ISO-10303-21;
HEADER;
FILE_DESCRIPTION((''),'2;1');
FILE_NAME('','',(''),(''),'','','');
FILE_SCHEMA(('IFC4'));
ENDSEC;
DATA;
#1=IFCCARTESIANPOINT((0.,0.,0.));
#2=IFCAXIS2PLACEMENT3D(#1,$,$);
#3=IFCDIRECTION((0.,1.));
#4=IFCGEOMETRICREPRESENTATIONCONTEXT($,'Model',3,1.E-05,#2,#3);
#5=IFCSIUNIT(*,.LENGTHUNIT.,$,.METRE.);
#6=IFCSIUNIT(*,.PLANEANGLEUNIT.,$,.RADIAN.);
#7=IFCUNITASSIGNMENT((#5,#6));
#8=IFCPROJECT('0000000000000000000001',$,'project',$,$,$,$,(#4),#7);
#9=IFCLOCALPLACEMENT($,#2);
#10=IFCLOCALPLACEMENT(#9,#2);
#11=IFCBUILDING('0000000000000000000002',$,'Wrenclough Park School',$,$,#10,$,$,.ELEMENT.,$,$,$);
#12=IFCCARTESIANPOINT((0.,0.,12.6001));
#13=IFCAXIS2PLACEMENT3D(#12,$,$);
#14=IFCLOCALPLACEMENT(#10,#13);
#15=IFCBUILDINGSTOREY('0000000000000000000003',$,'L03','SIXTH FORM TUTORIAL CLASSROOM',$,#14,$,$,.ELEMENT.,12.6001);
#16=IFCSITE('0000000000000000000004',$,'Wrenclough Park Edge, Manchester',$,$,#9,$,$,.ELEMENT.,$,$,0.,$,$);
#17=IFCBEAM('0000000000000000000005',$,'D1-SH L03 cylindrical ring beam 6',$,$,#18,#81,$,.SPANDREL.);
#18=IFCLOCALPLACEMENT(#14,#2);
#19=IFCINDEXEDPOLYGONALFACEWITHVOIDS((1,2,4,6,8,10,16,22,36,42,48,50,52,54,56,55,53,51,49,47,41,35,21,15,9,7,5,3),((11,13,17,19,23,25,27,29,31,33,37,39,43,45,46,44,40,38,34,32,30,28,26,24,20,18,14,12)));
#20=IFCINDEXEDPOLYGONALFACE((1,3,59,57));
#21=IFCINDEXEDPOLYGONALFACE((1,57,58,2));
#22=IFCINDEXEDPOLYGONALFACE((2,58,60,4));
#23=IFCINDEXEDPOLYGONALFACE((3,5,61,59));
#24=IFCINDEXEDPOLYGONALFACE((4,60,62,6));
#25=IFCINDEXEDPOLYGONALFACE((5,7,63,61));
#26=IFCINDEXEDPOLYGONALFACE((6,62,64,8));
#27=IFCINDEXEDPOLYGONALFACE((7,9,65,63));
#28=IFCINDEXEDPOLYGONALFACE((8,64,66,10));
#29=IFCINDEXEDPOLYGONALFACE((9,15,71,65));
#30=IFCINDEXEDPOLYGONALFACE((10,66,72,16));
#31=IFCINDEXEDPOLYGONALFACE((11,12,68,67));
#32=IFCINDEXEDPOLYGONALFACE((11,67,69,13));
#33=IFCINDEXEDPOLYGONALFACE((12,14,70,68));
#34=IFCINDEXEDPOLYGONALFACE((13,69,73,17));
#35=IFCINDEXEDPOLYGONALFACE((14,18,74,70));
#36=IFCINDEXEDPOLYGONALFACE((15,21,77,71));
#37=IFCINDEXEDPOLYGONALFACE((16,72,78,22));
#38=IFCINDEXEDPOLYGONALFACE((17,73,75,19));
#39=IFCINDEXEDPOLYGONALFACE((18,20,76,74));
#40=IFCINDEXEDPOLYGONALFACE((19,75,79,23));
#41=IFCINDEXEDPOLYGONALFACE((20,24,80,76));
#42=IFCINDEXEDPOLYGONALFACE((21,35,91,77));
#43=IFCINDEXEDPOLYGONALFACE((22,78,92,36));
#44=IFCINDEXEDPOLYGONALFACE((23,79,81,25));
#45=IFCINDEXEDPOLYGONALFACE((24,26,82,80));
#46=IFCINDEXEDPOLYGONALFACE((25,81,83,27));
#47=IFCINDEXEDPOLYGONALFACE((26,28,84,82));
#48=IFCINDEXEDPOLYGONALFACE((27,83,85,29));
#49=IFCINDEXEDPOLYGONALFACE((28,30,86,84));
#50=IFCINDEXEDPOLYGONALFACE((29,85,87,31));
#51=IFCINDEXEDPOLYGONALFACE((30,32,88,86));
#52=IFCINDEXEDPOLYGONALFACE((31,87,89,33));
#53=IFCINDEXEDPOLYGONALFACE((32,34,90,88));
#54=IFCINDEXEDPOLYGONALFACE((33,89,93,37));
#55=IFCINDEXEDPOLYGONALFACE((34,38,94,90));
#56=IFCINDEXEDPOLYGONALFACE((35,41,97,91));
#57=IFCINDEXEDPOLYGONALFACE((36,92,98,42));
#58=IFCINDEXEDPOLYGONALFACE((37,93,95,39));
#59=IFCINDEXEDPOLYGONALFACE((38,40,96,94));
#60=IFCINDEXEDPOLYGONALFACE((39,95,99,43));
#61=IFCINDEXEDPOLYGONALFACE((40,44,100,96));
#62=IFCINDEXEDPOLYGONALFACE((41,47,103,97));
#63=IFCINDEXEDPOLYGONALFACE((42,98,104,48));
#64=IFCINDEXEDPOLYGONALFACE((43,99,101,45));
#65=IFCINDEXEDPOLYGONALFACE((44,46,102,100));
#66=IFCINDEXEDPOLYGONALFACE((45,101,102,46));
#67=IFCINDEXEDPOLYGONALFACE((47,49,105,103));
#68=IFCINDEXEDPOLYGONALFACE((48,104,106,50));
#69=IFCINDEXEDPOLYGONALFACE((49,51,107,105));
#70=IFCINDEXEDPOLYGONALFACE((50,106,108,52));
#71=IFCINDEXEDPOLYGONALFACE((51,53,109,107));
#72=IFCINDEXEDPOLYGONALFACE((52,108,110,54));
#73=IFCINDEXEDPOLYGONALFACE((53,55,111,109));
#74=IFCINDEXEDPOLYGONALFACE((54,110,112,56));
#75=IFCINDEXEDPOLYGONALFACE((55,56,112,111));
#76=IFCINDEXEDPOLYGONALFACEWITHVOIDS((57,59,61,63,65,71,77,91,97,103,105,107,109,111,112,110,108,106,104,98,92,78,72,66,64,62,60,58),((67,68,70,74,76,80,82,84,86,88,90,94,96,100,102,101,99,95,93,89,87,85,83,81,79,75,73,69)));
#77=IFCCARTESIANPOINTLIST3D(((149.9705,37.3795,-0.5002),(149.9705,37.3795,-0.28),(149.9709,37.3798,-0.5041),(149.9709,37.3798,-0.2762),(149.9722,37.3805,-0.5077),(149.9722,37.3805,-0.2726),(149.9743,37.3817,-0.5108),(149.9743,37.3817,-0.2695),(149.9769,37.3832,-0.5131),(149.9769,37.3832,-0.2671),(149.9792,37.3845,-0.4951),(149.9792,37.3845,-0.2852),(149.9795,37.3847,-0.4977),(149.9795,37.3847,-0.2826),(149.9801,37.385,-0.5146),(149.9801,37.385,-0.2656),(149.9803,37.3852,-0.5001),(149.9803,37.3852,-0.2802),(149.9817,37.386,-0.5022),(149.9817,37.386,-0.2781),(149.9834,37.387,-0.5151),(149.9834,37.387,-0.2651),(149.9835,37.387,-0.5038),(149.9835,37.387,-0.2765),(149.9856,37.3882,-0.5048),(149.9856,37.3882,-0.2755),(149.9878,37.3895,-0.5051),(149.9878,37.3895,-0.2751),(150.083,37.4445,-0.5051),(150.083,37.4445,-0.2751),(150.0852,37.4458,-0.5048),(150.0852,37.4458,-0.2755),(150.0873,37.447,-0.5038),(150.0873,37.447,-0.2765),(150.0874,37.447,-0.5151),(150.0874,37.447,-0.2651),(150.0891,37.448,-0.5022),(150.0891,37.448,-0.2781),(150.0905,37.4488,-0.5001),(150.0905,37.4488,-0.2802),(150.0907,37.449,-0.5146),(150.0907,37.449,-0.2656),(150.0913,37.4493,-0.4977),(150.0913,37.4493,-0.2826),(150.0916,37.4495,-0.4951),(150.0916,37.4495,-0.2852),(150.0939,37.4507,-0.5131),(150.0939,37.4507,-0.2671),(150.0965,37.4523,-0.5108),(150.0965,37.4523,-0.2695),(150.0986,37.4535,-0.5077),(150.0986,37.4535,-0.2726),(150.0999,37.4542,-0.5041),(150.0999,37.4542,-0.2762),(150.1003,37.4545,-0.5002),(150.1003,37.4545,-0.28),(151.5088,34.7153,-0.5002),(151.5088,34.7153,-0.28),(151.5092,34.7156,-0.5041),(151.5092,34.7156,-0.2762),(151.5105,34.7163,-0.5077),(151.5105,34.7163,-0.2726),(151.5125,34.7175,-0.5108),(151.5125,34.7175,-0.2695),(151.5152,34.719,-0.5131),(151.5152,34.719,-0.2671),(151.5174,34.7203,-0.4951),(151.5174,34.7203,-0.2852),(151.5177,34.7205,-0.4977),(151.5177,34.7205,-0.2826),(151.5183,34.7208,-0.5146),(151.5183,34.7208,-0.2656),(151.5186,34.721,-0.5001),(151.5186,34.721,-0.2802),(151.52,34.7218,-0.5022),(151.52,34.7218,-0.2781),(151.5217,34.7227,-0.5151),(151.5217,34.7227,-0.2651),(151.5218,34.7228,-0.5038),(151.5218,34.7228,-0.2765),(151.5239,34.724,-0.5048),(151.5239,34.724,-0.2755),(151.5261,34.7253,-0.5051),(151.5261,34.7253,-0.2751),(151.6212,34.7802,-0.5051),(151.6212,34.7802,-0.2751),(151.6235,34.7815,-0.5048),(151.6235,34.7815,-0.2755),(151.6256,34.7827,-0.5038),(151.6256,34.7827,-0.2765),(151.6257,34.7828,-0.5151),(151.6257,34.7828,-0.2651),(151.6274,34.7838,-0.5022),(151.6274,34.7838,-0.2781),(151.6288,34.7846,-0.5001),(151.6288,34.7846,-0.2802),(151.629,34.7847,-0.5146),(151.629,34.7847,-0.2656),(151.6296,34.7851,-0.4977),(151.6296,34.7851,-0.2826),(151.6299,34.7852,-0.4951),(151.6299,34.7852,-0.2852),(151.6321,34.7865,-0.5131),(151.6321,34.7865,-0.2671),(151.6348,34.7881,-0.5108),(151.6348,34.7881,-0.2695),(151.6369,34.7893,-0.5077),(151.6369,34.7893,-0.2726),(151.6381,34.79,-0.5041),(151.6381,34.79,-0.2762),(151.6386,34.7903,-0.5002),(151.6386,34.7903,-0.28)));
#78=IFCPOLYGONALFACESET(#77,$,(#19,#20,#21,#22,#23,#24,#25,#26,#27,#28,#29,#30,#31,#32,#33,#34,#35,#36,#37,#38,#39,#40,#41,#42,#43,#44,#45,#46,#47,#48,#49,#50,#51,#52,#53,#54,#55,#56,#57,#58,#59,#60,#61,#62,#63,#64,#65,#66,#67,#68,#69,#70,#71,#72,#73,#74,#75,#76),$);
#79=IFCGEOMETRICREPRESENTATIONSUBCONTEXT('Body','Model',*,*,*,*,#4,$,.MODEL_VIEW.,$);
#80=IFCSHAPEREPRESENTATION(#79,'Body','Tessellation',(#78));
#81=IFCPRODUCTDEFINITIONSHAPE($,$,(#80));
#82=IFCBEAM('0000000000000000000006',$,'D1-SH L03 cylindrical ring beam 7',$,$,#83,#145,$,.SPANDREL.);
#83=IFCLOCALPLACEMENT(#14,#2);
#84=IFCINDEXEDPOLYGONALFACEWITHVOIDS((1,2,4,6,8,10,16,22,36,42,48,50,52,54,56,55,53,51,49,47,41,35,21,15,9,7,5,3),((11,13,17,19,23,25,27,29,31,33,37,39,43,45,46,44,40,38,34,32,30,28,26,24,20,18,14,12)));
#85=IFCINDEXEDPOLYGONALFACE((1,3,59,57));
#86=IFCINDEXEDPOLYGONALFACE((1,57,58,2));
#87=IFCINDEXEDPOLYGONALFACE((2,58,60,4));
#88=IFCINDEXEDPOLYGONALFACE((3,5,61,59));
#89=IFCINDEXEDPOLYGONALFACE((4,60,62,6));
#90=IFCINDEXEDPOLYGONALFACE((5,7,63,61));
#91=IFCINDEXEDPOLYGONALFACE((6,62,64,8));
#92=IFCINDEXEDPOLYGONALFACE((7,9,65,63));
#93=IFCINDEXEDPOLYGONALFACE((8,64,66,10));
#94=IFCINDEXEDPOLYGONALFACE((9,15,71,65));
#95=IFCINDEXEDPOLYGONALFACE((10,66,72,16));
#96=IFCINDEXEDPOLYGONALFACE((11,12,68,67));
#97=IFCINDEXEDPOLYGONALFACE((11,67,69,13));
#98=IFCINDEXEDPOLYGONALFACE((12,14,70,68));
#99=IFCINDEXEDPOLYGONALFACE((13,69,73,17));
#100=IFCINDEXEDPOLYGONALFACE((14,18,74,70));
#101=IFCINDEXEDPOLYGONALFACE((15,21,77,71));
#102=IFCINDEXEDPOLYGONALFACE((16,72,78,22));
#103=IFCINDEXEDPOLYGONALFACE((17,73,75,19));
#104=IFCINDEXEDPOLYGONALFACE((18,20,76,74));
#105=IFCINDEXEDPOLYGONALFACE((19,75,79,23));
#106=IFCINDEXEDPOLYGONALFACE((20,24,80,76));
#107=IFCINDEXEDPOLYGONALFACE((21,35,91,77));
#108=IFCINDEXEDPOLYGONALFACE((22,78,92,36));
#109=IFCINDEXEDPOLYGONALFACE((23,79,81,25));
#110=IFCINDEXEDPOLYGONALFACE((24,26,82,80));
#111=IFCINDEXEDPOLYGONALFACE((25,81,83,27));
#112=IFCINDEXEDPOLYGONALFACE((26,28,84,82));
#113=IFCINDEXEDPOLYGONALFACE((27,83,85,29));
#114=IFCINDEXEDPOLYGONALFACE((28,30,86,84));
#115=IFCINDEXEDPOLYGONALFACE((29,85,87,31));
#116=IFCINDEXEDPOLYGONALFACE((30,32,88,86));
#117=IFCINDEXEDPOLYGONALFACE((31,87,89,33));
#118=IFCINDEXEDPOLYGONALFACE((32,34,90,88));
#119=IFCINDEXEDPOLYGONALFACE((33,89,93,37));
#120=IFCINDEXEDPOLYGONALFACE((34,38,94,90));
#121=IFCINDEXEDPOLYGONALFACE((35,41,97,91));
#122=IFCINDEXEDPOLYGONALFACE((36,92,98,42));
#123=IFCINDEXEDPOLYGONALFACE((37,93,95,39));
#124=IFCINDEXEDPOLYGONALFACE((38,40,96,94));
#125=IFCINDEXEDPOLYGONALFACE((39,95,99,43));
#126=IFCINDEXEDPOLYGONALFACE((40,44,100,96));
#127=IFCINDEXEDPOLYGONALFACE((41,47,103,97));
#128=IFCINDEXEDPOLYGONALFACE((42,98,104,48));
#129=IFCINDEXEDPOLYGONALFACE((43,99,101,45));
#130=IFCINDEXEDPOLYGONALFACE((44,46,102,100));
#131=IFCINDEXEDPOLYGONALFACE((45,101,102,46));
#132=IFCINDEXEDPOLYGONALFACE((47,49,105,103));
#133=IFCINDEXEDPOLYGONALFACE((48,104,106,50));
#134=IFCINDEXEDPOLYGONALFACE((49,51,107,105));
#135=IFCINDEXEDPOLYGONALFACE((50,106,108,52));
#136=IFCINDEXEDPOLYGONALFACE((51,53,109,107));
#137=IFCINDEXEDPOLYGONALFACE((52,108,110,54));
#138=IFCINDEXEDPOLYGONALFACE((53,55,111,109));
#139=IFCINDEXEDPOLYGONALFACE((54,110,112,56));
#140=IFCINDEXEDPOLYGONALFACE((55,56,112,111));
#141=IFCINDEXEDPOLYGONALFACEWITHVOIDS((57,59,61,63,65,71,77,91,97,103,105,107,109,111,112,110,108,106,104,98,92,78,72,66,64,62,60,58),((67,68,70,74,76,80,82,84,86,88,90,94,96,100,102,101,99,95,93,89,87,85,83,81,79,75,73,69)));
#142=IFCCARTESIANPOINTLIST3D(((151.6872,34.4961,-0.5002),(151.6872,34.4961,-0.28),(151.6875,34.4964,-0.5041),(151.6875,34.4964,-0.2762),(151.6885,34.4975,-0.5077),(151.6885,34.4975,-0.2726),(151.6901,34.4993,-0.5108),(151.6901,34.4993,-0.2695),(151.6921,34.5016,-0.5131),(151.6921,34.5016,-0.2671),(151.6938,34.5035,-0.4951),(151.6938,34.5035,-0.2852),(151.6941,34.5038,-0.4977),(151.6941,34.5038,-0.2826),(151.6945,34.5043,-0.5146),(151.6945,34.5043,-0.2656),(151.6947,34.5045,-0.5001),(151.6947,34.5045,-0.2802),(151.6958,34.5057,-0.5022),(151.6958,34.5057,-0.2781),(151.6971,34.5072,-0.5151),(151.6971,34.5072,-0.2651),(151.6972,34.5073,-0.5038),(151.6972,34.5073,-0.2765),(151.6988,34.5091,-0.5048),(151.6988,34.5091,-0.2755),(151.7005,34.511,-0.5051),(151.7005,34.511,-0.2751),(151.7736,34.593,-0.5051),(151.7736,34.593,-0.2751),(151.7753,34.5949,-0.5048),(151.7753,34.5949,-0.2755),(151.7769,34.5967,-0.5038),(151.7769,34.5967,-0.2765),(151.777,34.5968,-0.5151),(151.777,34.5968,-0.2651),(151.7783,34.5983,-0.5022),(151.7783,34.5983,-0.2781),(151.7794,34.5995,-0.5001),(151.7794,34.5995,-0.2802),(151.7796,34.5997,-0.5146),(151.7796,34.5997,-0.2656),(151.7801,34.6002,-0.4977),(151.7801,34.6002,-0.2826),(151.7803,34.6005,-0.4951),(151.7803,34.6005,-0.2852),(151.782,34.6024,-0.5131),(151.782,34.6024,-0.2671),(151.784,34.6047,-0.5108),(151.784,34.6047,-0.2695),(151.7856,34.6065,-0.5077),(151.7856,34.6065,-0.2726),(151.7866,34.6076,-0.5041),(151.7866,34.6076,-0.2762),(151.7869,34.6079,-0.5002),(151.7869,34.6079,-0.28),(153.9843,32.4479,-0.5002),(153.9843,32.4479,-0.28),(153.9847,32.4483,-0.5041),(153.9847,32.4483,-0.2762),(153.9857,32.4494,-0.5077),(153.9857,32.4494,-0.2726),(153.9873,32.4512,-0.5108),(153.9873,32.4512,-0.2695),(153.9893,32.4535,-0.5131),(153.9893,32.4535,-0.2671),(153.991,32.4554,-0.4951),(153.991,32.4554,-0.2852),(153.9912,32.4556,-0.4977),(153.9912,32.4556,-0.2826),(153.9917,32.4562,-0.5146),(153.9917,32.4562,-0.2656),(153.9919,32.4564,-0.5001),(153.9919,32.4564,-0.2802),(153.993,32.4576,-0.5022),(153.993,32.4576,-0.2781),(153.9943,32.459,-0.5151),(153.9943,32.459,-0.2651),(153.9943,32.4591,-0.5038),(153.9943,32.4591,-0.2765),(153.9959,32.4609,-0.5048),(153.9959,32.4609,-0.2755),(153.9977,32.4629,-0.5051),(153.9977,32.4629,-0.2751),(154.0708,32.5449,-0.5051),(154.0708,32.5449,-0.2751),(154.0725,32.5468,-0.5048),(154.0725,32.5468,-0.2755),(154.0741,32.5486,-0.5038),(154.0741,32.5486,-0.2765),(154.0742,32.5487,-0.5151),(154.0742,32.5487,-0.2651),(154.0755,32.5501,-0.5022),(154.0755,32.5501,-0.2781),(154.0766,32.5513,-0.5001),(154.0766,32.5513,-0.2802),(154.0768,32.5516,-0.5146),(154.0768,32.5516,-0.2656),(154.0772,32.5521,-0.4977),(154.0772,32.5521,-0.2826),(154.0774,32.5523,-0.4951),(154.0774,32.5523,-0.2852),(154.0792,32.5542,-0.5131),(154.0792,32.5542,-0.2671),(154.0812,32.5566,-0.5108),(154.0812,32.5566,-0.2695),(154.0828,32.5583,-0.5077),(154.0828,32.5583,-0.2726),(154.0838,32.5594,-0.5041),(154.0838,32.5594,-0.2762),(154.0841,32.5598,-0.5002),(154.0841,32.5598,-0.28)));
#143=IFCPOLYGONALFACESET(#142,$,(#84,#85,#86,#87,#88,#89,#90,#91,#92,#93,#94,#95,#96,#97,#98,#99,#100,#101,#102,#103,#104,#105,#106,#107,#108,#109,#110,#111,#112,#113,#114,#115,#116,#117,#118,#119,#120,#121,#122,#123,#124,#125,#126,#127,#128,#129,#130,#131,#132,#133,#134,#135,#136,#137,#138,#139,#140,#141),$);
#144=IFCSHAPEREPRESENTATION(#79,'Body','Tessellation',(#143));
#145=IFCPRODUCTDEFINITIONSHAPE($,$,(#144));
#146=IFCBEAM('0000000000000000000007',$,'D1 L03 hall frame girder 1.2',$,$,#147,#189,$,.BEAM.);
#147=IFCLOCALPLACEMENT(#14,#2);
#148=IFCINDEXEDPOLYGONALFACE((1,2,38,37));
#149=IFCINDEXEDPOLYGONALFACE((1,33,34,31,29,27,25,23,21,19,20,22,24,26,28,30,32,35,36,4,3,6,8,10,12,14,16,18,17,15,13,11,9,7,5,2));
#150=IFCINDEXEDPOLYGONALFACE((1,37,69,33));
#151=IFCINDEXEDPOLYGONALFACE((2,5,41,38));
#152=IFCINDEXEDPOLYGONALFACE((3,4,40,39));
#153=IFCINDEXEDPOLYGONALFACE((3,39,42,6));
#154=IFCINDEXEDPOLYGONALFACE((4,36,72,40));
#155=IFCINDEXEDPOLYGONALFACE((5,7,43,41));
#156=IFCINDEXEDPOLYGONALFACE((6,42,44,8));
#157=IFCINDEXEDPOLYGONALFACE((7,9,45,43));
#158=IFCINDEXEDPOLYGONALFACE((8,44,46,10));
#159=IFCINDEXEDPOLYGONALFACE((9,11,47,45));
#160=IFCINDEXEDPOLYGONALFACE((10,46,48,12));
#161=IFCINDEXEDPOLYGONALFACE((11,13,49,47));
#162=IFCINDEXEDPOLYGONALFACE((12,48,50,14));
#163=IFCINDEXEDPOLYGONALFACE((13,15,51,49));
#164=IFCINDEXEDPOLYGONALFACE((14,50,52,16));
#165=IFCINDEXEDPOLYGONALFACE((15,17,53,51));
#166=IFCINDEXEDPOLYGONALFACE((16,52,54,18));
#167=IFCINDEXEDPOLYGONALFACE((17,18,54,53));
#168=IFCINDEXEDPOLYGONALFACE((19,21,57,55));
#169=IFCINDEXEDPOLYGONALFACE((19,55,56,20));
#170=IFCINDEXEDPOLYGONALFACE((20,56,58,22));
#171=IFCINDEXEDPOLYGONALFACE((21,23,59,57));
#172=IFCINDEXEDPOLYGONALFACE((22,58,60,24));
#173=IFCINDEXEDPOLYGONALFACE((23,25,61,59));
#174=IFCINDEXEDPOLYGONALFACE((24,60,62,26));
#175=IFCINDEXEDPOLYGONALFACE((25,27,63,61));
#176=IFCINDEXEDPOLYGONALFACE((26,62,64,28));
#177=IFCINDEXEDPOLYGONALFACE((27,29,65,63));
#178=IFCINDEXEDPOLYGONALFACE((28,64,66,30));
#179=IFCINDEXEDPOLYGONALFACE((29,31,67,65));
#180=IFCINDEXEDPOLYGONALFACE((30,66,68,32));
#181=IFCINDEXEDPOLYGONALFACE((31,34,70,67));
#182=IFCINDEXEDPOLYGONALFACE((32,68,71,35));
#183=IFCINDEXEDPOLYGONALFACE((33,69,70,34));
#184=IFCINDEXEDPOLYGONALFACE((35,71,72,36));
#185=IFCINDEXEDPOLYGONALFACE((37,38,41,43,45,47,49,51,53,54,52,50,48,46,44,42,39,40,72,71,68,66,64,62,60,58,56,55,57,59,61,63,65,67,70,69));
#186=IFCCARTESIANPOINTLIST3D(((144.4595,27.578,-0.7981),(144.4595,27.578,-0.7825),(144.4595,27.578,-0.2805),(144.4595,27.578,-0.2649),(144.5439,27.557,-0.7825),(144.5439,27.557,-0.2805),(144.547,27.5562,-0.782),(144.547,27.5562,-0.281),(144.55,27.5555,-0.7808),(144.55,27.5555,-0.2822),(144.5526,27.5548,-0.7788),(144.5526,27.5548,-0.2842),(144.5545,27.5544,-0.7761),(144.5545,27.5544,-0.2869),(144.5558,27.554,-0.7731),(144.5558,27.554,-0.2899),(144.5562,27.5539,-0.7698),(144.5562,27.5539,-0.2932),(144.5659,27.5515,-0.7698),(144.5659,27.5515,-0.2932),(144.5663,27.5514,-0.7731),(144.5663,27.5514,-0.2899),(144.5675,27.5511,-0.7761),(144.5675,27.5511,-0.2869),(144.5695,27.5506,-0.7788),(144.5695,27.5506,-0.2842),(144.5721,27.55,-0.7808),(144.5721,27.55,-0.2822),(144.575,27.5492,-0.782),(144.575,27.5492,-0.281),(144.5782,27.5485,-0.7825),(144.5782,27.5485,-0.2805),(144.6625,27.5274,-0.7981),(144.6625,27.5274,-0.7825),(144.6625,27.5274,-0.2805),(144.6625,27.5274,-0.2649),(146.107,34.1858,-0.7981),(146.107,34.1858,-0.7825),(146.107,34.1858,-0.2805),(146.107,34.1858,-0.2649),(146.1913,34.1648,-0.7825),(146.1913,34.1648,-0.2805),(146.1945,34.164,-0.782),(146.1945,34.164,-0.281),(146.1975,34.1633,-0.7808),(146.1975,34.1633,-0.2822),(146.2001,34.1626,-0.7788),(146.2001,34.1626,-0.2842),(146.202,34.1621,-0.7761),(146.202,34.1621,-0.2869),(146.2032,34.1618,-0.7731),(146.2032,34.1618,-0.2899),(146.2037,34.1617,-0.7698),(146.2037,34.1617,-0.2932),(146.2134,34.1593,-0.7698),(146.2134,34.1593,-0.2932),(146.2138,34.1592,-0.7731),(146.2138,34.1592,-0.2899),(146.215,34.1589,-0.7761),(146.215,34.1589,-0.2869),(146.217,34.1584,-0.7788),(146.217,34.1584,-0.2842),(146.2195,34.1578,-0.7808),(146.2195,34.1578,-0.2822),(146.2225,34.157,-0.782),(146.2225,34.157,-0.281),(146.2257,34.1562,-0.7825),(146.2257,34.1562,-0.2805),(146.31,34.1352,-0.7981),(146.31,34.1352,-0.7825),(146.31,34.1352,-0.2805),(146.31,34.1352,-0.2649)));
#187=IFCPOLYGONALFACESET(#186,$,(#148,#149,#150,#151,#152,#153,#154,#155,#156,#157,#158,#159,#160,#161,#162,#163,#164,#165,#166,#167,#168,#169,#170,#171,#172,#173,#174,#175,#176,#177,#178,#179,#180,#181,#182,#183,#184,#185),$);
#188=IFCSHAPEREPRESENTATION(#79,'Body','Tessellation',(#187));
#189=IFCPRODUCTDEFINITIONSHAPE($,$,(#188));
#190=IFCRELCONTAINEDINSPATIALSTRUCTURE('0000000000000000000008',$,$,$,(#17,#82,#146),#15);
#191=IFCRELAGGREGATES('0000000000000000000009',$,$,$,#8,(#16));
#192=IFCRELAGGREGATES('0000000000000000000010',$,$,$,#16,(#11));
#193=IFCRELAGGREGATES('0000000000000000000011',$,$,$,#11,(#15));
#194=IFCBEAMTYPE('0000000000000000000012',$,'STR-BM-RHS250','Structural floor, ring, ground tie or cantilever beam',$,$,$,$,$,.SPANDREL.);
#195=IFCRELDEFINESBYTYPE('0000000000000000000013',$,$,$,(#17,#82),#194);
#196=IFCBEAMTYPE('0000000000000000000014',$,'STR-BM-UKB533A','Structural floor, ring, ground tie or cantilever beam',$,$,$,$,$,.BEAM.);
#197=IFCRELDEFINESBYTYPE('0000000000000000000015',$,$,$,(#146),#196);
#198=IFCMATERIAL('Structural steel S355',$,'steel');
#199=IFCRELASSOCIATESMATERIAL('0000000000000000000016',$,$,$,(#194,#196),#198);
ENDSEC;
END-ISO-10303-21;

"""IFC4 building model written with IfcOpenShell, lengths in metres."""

from ifc_helpers import new_model, si_unit, direction, frame, origin, origin_2d, place, context, subcontext, project, spatial, hollow_rectangle, i_section, extrude, material, material_profile, profile_set, type_object, element, save


model = new_model("IFC4")

# Units and contexts
model_context = context("Model", 3, precision=1e-05, world=origin(), true_north=direction((0.0, 1.0)))
body_context = subcontext(model_context, "Body", "Model", "MODEL_VIEW")
ifc_project = project(units=[si_unit("LENGTHUNIT", "METRE"), si_unit("PLANEANGLEUNIT", "RADIAN")], contexts=[model_context])

# Site, building, storey
site_placement = place(None, origin())
site = spatial("IfcSite", under=ifc_project, at=site_placement, Name="Wrenclough Park Edge, Manchester", CompositionType="ELEMENT", RefElevation=0.0)
building_placement = place(site_placement, origin())
building = spatial("IfcBuilding", under=site, at=building_placement, Name="Wrenclough Park School", CompositionType="ELEMENT")
storey_placement = place(building_placement, frame((0.0, 0.0, 12.6001)))
storey = spatial("IfcBuildingStorey", under=building, at=storey_placement, Name="L03", Description="SIXTH FORM TUTORIAL CLASSROOM", CompositionType="ELEMENT", Elevation=12.6001)

# Shared definitions
ifc_material_1 = material(Name="Structural steel S355", Category="steel")

# Beams
ifc_material_profile_1 = material_profile(ifc_material_1, hollow_rectangle(XDim=0.1499, YDim=0.25, WallThickness=0.01, InnerFilletRadius=0.01, OuterFilletRadius=0.0149, at=origin_2d()), Name="RHS 250x150x10.0")
ifc_profile_set_1 = profile_set([ifc_material_profile_1], Name="Structural steel S355")
beam_type_1 = type_object("IfcBeamType", Name="STR-BM-RHS250", Description="Structural floor, ring, ground tie or cantilever beam", PredefinedType="SPANDREL", material=ifc_profile_set_1)
beam_1_placement = place(storey_placement, frame((150.0354, 37.417, -0.3901), z_axis=(0.500022, -0.866012, 0.0), x_axis=(0.866012, 0.500022, 0.0)))
element("IfcBeam", 1, at=beam_1_placement, inside=storey, type_object=beam_type_1, Name="D1-SH L03 cylindrical ring beam 6", PredefinedType="SPANDREL", context=body_context, shape_type="SweptSolid", body=[
    extrude(hollow_rectangle(XDim=0.1499, YDim=0.25, WallThickness=0.01, InnerFilletRadius=0.01, OuterFilletRadius=0.0149, at=origin_2d()), origin(), (0.0, 0.0, 1.0), 3.0764),
])
beam_2_placement = place(storey_placement, frame((151.7371, 34.552, -0.3901), z_axis=(0.746406, -0.665491, 0.0), x_axis=(0.665491, 0.746406, 0.0)))
element("IfcBeam", 2, at=beam_2_placement, inside=storey, type_object=beam_type_1, Name="D1-SH L03 cylindrical ring beam 7", PredefinedType="SPANDREL", context=body_context, shape_type="SweptSolid", body=[
    extrude(hollow_rectangle(XDim=0.1499, YDim=0.25, WallThickness=0.01, InnerFilletRadius=0.01, OuterFilletRadius=0.0149, at=origin_2d()), origin(), (0.0, 0.0, 1.0), 3.0776),
])
ifc_material_profile_2 = material_profile(ifc_material_1, i_section(OverallWidth=0.2092, OverallDepth=0.5332, WebThickness=0.01, FlangeThickness=0.0156, FilletRadius=0.0127, at=origin_2d()), Name="UKB 533x210x92")
ifc_profile_set_2 = profile_set([ifc_material_profile_2], Name="Structural steel S355")
beam_type_2 = type_object("IfcBeamType", Name="STR-BM-UKB533A", Description="Structural floor, ring, ground tie or cantilever beam", PredefinedType="BEAM", material=ifc_profile_set_2)
beam_3_placement = place(storey_placement, frame((144.561, 27.5527, -0.5315), z_axis=(0.24192, 0.970296, 0.0), x_axis=(-0.970296, 0.24192, 0.0)))
element("IfcBeam", 3, at=beam_3_placement, inside=storey, type_object=beam_type_2, Name="D1 L03 hall frame girder 1.2", PredefinedType="BEAM", context=body_context, shape_type="SweptSolid", body=[
    extrude(i_section(OverallWidth=0.2092, OverallDepth=0.5332, WebThickness=0.01, FlangeThickness=0.0156, FilletRadius=0.0127, at=origin_2d()), origin(), (0.0, 0.0, 1.0), 6.8101),
])

save(model, "model.ifc")
